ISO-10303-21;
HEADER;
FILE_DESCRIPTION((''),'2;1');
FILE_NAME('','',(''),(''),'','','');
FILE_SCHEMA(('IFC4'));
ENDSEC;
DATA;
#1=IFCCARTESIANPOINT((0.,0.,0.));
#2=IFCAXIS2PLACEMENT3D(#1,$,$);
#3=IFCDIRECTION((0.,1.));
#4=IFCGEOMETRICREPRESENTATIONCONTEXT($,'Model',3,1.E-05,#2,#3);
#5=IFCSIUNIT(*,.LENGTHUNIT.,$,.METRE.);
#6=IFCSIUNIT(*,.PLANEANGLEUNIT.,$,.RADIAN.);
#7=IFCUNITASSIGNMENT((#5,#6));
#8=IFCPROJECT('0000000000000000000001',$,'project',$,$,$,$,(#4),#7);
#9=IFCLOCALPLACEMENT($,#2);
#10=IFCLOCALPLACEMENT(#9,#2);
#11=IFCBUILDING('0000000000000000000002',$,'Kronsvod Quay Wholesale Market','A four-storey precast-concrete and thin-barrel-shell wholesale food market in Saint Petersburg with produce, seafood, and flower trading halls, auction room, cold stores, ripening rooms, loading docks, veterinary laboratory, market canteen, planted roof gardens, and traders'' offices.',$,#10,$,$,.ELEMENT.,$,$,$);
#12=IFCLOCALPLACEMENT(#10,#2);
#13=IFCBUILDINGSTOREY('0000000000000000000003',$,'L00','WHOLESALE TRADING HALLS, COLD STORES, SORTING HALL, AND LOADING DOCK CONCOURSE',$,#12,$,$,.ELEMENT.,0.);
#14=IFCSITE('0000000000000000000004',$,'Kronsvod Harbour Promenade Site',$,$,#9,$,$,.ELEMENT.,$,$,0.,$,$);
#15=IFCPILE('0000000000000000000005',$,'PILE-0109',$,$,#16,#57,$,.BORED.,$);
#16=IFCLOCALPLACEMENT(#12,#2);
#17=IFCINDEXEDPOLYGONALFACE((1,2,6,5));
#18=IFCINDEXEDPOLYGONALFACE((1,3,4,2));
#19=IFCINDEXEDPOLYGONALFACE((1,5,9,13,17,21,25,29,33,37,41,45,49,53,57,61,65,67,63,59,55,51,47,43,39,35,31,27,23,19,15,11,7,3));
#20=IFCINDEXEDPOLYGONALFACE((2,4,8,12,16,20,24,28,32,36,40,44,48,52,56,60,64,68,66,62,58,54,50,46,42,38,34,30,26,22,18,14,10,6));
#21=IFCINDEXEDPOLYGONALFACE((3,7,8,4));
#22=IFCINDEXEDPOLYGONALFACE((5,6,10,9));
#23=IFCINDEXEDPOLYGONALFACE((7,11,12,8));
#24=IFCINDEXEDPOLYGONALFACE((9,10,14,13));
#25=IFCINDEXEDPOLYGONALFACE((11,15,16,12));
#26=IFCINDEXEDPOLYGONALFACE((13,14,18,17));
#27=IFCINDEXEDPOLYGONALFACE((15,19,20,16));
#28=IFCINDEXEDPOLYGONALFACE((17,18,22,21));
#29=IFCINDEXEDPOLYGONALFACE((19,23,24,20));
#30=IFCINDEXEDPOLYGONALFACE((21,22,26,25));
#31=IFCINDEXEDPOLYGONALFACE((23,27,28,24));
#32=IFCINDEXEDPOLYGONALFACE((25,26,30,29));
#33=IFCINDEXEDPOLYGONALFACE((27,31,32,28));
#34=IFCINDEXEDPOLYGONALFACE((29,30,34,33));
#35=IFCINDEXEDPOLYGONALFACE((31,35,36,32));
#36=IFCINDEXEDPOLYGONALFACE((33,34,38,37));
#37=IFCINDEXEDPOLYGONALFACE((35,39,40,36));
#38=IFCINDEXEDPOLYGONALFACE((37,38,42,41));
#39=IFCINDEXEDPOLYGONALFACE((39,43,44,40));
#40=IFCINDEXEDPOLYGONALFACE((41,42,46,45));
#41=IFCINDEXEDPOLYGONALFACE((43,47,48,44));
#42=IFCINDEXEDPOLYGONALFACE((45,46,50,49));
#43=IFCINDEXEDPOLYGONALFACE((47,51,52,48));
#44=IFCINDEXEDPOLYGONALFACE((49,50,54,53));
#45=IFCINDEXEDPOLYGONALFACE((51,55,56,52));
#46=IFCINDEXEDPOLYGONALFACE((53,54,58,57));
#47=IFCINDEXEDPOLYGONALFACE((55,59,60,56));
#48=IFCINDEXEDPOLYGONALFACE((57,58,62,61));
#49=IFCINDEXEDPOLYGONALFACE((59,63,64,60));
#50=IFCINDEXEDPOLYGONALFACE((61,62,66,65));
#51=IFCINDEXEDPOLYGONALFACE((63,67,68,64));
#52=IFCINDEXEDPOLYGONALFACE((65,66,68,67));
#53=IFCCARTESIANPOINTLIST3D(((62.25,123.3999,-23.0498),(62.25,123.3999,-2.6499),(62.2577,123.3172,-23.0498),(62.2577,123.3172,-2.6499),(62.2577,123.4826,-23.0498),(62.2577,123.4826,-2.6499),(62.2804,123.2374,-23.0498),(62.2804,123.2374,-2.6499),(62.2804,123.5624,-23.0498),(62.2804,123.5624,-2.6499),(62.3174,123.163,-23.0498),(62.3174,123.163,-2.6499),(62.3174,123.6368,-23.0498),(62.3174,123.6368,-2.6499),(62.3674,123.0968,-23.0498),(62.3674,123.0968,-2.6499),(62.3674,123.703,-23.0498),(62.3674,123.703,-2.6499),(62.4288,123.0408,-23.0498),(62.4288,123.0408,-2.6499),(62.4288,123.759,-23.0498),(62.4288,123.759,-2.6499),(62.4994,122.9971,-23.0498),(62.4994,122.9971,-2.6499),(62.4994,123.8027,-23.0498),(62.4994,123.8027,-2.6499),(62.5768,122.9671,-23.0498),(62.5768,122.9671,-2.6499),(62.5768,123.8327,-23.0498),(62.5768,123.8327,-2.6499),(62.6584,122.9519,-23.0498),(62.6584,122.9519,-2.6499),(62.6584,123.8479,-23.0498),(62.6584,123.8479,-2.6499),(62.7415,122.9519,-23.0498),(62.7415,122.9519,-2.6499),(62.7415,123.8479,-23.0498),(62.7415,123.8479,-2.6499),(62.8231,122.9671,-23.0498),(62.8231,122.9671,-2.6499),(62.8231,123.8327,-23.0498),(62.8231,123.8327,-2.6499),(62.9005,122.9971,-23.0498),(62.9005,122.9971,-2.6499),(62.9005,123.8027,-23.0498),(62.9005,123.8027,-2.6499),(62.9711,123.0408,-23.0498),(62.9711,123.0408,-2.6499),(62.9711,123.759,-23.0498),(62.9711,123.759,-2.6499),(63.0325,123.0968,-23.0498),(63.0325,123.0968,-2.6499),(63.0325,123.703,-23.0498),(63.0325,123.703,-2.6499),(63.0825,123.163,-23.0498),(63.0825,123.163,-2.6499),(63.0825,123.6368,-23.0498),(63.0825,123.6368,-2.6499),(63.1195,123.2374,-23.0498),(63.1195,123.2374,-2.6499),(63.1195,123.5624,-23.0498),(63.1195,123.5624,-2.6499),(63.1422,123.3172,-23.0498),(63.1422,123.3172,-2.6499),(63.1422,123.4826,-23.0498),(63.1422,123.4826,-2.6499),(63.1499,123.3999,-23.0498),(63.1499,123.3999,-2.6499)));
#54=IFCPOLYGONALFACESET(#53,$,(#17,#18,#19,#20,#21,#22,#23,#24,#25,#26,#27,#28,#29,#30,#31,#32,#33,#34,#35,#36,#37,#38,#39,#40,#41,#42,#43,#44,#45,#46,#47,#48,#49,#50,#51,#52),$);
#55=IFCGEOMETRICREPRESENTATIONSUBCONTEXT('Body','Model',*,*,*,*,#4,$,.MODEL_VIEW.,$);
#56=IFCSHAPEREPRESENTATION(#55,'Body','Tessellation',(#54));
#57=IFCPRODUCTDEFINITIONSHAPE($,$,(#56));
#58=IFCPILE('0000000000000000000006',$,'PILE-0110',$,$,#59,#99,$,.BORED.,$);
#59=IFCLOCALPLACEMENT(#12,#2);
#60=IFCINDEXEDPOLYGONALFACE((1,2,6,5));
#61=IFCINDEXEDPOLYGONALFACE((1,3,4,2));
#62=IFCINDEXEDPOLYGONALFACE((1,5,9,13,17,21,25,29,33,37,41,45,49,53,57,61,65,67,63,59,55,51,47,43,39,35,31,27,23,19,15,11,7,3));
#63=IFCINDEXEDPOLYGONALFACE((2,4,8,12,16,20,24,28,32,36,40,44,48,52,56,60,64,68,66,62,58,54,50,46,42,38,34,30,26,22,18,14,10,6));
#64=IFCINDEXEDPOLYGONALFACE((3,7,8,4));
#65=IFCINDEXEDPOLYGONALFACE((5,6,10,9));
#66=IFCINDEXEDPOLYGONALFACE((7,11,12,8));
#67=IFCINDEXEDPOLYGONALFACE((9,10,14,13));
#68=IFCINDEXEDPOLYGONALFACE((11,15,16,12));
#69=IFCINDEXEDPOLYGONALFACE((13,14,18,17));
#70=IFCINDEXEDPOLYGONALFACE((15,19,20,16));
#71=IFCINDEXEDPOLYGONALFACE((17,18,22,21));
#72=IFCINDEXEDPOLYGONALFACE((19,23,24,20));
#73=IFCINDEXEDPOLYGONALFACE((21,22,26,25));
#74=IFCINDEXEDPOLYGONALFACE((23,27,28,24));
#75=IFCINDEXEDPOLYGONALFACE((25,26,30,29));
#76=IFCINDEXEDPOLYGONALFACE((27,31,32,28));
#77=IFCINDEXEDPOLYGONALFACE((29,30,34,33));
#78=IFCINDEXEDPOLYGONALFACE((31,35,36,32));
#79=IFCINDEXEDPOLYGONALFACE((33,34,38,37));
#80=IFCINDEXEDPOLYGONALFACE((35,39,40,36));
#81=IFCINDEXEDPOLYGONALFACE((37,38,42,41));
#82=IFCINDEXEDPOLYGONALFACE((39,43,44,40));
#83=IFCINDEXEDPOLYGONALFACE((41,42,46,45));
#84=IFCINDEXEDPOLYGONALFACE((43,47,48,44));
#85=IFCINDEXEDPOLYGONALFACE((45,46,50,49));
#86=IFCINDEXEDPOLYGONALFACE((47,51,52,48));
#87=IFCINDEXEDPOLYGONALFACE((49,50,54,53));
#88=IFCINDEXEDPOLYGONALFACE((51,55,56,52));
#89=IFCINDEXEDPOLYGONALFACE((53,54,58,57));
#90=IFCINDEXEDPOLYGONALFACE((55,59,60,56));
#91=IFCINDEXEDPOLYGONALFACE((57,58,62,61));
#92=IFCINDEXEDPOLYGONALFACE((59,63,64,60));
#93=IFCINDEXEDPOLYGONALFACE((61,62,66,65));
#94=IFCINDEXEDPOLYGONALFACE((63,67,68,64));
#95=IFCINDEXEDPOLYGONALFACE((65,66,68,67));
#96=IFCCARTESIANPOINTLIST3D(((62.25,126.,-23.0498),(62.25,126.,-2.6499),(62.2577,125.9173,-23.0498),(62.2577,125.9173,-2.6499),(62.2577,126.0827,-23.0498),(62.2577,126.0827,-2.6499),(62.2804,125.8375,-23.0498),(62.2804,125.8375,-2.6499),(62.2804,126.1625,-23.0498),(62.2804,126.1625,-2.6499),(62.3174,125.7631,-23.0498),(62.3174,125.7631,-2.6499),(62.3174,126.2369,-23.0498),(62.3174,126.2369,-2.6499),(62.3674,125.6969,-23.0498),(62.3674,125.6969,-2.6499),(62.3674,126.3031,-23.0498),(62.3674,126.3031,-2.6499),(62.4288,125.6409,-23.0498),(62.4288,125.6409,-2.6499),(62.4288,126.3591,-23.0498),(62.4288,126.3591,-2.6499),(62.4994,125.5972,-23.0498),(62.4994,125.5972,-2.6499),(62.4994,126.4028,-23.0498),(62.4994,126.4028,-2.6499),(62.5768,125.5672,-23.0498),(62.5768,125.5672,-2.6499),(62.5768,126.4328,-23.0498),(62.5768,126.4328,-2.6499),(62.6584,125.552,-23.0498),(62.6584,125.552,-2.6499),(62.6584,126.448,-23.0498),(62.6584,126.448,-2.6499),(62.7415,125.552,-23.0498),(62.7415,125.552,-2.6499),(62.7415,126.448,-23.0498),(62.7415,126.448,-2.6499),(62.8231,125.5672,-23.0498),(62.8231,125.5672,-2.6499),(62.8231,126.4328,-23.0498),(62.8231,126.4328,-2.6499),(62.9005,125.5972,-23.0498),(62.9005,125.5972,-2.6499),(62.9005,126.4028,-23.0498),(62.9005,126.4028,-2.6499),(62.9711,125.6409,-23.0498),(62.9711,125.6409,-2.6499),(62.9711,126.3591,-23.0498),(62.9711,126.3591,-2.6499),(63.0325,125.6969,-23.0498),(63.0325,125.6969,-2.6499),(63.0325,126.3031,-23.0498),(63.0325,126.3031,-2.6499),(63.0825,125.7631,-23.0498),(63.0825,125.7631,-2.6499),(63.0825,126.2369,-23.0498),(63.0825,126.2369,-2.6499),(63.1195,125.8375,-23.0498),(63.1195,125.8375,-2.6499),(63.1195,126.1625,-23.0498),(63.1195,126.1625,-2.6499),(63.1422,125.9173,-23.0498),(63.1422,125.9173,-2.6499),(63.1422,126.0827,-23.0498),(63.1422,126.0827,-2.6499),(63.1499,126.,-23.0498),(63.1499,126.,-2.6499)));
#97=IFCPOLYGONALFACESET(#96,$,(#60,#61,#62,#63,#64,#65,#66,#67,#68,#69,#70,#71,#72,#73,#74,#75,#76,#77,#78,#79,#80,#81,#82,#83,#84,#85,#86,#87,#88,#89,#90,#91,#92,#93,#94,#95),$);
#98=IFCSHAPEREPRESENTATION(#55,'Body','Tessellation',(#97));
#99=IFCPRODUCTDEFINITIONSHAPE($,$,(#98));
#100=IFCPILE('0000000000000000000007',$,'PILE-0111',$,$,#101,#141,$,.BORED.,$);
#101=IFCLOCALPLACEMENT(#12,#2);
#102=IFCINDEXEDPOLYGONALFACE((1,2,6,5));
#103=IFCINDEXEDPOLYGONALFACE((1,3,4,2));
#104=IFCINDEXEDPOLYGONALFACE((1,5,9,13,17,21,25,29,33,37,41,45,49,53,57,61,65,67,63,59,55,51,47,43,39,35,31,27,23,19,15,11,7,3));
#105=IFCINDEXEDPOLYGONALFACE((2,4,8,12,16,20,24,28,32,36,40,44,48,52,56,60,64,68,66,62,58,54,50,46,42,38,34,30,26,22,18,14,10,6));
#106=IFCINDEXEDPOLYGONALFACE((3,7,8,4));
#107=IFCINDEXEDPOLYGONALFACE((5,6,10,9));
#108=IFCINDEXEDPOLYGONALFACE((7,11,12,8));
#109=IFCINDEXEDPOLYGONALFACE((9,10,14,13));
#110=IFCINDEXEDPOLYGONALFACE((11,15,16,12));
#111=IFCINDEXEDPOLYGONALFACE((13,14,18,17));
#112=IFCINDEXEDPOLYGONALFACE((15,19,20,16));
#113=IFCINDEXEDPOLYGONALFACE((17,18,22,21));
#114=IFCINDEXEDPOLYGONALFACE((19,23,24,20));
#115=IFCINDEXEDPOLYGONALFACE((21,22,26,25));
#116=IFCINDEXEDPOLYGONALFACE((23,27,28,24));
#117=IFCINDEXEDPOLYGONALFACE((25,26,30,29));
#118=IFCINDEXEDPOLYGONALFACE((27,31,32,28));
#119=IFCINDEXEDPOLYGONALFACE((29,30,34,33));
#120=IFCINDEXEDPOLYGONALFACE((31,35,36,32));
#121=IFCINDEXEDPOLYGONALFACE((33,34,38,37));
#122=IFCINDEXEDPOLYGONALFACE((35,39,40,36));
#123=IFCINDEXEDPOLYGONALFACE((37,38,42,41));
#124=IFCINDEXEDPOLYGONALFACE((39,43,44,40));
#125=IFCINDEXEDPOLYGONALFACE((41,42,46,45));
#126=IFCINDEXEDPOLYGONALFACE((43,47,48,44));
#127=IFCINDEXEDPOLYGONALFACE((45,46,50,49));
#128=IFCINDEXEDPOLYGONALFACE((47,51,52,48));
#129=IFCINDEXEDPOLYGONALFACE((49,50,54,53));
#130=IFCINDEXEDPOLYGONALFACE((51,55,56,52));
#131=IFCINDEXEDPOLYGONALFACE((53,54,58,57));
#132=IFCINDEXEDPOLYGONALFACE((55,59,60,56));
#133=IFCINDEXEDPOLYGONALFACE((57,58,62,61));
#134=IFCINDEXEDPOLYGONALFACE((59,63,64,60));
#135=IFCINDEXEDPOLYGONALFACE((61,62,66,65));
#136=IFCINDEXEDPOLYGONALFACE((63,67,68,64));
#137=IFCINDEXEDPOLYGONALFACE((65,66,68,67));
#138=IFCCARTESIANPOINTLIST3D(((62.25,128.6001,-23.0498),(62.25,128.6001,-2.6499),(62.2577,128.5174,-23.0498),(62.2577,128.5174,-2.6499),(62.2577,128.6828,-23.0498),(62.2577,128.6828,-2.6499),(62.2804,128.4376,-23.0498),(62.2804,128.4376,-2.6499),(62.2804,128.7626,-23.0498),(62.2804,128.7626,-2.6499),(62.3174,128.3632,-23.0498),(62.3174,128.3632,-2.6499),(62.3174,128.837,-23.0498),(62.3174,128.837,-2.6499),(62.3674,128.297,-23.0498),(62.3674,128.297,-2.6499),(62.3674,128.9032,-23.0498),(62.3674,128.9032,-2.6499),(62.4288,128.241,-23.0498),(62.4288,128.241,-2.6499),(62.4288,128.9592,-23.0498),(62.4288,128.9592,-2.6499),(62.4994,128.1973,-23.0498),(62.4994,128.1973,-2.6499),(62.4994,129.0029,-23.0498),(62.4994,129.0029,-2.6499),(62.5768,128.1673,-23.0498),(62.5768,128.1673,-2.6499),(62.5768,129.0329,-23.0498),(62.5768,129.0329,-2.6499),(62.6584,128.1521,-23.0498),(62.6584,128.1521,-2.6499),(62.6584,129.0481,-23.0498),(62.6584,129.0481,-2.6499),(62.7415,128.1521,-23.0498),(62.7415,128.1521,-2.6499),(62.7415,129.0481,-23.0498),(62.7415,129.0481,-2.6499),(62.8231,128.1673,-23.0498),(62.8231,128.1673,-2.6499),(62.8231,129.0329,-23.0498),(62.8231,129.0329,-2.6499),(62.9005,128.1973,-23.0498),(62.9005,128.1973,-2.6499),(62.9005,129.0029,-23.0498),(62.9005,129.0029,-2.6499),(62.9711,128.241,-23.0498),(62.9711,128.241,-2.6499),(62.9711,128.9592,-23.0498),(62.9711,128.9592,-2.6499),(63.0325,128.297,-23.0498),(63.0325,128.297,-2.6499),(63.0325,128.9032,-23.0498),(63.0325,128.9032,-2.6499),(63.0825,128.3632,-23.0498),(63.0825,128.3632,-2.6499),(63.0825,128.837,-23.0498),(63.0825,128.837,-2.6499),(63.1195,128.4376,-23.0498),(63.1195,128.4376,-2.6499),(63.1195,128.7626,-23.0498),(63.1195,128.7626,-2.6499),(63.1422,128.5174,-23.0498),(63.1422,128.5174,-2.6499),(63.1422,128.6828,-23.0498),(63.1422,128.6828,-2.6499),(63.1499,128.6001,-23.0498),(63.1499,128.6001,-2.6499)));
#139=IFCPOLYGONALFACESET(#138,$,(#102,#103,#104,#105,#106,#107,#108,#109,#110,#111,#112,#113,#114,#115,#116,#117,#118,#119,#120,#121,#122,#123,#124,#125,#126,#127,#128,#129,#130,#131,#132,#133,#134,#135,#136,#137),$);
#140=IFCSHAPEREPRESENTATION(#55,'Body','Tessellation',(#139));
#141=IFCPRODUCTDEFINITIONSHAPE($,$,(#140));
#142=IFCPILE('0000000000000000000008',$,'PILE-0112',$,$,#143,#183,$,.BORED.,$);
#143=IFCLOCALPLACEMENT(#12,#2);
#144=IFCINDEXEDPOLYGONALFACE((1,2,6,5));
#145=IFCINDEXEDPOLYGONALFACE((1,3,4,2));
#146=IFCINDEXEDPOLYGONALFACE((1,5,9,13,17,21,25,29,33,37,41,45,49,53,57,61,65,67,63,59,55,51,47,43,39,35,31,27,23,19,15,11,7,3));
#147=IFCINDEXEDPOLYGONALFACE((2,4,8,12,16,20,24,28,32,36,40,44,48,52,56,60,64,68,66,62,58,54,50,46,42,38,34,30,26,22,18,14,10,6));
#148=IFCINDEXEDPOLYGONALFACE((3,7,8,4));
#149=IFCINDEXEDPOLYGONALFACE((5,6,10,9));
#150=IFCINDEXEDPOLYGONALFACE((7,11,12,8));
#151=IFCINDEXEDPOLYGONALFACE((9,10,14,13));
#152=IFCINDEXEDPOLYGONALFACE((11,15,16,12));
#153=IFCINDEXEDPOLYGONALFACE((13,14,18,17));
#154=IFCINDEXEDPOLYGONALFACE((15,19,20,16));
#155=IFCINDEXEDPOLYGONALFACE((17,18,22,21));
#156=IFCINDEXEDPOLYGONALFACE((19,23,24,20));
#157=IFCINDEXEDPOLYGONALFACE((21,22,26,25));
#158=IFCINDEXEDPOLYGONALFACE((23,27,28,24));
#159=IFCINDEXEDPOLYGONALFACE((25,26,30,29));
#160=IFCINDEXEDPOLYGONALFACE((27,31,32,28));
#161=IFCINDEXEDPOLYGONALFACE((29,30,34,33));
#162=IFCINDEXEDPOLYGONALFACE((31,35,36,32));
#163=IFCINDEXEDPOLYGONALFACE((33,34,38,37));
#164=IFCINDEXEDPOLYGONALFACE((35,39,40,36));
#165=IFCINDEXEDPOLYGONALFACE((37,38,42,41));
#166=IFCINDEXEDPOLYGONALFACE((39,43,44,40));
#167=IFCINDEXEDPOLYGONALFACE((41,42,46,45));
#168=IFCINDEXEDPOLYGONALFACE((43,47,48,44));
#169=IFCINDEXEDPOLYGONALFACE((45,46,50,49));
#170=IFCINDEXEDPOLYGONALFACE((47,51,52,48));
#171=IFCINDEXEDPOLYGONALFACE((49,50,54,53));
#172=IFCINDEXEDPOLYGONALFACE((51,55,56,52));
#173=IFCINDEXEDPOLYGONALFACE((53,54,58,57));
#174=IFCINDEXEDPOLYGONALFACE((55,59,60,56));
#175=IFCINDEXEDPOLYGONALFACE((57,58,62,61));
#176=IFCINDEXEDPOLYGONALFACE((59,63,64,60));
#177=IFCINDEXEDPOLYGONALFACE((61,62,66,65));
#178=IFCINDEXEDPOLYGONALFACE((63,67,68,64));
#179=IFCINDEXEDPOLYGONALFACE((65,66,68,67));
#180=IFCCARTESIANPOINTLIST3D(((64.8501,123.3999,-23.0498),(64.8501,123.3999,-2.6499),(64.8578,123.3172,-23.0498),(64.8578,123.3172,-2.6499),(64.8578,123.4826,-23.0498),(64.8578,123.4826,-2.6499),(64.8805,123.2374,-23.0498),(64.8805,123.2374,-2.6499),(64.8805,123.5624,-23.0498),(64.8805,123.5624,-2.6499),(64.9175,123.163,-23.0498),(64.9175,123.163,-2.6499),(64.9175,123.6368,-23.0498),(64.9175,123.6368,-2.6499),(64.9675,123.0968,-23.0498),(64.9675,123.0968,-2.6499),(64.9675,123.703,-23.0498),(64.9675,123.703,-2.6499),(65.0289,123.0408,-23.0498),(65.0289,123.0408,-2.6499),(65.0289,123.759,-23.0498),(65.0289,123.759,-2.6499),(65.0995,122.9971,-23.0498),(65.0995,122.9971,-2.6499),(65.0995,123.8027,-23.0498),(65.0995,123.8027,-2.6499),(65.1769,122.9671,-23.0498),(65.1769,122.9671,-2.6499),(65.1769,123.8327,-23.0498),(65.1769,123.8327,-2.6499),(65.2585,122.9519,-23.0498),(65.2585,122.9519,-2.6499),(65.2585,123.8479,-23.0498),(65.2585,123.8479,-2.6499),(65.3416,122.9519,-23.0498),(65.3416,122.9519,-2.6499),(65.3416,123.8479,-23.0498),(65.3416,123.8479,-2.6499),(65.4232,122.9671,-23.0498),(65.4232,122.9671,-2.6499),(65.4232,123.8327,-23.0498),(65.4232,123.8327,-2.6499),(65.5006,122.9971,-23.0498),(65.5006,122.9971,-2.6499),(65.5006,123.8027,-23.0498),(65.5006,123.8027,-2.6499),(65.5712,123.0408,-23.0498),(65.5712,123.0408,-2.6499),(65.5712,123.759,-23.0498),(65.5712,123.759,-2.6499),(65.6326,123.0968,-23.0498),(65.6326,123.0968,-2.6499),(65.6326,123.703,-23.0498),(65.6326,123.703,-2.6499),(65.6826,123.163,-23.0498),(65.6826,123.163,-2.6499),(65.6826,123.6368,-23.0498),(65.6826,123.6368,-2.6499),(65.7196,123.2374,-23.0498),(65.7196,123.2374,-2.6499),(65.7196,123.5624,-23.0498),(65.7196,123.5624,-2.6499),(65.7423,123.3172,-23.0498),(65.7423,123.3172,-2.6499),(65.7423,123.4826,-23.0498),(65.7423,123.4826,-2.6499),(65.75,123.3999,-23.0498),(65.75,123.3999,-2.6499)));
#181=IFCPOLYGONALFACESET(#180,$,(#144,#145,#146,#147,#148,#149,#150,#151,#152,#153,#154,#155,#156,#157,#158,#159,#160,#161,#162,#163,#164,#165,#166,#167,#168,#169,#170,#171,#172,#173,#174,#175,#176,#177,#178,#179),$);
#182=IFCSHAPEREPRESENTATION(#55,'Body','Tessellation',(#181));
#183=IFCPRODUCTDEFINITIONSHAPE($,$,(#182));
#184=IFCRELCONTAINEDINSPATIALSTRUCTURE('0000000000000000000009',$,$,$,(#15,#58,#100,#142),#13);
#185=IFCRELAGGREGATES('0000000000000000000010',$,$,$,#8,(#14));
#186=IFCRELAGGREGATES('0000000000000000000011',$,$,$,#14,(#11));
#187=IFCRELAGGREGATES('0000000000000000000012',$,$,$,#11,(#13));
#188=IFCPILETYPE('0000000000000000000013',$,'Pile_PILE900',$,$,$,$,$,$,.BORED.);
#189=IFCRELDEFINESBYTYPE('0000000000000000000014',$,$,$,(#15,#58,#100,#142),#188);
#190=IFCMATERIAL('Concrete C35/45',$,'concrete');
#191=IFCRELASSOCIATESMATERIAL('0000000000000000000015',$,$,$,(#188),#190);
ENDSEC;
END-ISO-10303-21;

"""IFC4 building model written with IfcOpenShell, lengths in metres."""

from ifc_helpers import new_model, si_unit, direction, frame, origin, origin_2d, place, context, subcontext, project, spatial, circle, extrude, material, material_profile, profile_set, type_object, element, save


model = new_model("IFC4")

# Units and contexts
model_context = context("Model", 3, precision=1e-05, world=origin(), true_north=direction((0.0, 1.0)))
body_context = subcontext(model_context, "Body", "Model", "MODEL_VIEW")
ifc_project = project(units=[si_unit("LENGTHUNIT", "METRE"), si_unit("PLANEANGLEUNIT", "RADIAN")], contexts=[model_context])

# Site, building, storey
site_placement = place(None, origin())
site = spatial("IfcSite", under=ifc_project, at=site_placement, Name="Kronsvod Harbour Promenade Site", CompositionType="ELEMENT", RefElevation=0.0)
building_placement = place(site_placement, origin())
building = spatial("IfcBuilding", under=site, at=building_placement, Name="Kronsvod Quay Wholesale Market", Description="A four-storey precast-concrete and thin-barrel-shell wholesale food market in Saint Petersburg with produce, seafood, and flower trading halls, auction room, cold stores, ripening rooms, loading docks, veterinary laboratory, market canteen, planted roof gardens, and traders' offices.", CompositionType="ELEMENT")
storey_placement = place(building_placement, origin())
storey = spatial("IfcBuildingStorey", under=building, at=storey_placement, Name="L00", Description="WHOLESALE TRADING HALLS, COLD STORES, SORTING HALL, AND LOADING DOCK CONCOURSE", CompositionType="ELEMENT", Elevation=0.0)

# Piles
ifc_material_1 = material(Name="Concrete C35/45", Category="concrete")
ifc_material_profile_1 = material_profile(ifc_material_1, circle(Radius=0.45, at=origin_2d()), Name="PILE900")
ifc_profile_set_1 = profile_set([ifc_material_profile_1], Name="Concrete C35/45")
pile_type = type_object("IfcPileType", Name="Pile_PILE900", PredefinedType="BORED", material=ifc_profile_set_1)
for number, where, z_axis, x_axis, name in (
    (1, (62.7, 123.3999, -2.6499), (0.0, 0.0, -1.0), (1.0, 0.0, 0.0), "PILE-0109"),
    (2, (62.7, 126.0, -2.6499), (0.0, 0.0, -1.0), (1.0, 0.0, 0.0), "PILE-0110"),
    (3, (62.7, 128.6001, -2.6499), (0.0, 0.0, -1.0), (1.0, 0.0, 0.0), "PILE-0111"),
    (4, (65.3, 123.3999, -2.6499), (0.0, 0.0, -1.0), (1.0, 0.0, 0.0), "PILE-0112"),
):
    element("IfcPile", number, at=place(storey_placement, frame(where, z_axis=z_axis, x_axis=x_axis)), inside=storey, type_object=pile_type, Name=name, PredefinedType="BORED", context=body_context, shape_type="SweptSolid", body=[
        extrude(circle(Radius=0.45, at=origin_2d()), origin(), (0.0, 0.0, 1.0), 20.3999),
    ])

save(model, "model.ifc")
